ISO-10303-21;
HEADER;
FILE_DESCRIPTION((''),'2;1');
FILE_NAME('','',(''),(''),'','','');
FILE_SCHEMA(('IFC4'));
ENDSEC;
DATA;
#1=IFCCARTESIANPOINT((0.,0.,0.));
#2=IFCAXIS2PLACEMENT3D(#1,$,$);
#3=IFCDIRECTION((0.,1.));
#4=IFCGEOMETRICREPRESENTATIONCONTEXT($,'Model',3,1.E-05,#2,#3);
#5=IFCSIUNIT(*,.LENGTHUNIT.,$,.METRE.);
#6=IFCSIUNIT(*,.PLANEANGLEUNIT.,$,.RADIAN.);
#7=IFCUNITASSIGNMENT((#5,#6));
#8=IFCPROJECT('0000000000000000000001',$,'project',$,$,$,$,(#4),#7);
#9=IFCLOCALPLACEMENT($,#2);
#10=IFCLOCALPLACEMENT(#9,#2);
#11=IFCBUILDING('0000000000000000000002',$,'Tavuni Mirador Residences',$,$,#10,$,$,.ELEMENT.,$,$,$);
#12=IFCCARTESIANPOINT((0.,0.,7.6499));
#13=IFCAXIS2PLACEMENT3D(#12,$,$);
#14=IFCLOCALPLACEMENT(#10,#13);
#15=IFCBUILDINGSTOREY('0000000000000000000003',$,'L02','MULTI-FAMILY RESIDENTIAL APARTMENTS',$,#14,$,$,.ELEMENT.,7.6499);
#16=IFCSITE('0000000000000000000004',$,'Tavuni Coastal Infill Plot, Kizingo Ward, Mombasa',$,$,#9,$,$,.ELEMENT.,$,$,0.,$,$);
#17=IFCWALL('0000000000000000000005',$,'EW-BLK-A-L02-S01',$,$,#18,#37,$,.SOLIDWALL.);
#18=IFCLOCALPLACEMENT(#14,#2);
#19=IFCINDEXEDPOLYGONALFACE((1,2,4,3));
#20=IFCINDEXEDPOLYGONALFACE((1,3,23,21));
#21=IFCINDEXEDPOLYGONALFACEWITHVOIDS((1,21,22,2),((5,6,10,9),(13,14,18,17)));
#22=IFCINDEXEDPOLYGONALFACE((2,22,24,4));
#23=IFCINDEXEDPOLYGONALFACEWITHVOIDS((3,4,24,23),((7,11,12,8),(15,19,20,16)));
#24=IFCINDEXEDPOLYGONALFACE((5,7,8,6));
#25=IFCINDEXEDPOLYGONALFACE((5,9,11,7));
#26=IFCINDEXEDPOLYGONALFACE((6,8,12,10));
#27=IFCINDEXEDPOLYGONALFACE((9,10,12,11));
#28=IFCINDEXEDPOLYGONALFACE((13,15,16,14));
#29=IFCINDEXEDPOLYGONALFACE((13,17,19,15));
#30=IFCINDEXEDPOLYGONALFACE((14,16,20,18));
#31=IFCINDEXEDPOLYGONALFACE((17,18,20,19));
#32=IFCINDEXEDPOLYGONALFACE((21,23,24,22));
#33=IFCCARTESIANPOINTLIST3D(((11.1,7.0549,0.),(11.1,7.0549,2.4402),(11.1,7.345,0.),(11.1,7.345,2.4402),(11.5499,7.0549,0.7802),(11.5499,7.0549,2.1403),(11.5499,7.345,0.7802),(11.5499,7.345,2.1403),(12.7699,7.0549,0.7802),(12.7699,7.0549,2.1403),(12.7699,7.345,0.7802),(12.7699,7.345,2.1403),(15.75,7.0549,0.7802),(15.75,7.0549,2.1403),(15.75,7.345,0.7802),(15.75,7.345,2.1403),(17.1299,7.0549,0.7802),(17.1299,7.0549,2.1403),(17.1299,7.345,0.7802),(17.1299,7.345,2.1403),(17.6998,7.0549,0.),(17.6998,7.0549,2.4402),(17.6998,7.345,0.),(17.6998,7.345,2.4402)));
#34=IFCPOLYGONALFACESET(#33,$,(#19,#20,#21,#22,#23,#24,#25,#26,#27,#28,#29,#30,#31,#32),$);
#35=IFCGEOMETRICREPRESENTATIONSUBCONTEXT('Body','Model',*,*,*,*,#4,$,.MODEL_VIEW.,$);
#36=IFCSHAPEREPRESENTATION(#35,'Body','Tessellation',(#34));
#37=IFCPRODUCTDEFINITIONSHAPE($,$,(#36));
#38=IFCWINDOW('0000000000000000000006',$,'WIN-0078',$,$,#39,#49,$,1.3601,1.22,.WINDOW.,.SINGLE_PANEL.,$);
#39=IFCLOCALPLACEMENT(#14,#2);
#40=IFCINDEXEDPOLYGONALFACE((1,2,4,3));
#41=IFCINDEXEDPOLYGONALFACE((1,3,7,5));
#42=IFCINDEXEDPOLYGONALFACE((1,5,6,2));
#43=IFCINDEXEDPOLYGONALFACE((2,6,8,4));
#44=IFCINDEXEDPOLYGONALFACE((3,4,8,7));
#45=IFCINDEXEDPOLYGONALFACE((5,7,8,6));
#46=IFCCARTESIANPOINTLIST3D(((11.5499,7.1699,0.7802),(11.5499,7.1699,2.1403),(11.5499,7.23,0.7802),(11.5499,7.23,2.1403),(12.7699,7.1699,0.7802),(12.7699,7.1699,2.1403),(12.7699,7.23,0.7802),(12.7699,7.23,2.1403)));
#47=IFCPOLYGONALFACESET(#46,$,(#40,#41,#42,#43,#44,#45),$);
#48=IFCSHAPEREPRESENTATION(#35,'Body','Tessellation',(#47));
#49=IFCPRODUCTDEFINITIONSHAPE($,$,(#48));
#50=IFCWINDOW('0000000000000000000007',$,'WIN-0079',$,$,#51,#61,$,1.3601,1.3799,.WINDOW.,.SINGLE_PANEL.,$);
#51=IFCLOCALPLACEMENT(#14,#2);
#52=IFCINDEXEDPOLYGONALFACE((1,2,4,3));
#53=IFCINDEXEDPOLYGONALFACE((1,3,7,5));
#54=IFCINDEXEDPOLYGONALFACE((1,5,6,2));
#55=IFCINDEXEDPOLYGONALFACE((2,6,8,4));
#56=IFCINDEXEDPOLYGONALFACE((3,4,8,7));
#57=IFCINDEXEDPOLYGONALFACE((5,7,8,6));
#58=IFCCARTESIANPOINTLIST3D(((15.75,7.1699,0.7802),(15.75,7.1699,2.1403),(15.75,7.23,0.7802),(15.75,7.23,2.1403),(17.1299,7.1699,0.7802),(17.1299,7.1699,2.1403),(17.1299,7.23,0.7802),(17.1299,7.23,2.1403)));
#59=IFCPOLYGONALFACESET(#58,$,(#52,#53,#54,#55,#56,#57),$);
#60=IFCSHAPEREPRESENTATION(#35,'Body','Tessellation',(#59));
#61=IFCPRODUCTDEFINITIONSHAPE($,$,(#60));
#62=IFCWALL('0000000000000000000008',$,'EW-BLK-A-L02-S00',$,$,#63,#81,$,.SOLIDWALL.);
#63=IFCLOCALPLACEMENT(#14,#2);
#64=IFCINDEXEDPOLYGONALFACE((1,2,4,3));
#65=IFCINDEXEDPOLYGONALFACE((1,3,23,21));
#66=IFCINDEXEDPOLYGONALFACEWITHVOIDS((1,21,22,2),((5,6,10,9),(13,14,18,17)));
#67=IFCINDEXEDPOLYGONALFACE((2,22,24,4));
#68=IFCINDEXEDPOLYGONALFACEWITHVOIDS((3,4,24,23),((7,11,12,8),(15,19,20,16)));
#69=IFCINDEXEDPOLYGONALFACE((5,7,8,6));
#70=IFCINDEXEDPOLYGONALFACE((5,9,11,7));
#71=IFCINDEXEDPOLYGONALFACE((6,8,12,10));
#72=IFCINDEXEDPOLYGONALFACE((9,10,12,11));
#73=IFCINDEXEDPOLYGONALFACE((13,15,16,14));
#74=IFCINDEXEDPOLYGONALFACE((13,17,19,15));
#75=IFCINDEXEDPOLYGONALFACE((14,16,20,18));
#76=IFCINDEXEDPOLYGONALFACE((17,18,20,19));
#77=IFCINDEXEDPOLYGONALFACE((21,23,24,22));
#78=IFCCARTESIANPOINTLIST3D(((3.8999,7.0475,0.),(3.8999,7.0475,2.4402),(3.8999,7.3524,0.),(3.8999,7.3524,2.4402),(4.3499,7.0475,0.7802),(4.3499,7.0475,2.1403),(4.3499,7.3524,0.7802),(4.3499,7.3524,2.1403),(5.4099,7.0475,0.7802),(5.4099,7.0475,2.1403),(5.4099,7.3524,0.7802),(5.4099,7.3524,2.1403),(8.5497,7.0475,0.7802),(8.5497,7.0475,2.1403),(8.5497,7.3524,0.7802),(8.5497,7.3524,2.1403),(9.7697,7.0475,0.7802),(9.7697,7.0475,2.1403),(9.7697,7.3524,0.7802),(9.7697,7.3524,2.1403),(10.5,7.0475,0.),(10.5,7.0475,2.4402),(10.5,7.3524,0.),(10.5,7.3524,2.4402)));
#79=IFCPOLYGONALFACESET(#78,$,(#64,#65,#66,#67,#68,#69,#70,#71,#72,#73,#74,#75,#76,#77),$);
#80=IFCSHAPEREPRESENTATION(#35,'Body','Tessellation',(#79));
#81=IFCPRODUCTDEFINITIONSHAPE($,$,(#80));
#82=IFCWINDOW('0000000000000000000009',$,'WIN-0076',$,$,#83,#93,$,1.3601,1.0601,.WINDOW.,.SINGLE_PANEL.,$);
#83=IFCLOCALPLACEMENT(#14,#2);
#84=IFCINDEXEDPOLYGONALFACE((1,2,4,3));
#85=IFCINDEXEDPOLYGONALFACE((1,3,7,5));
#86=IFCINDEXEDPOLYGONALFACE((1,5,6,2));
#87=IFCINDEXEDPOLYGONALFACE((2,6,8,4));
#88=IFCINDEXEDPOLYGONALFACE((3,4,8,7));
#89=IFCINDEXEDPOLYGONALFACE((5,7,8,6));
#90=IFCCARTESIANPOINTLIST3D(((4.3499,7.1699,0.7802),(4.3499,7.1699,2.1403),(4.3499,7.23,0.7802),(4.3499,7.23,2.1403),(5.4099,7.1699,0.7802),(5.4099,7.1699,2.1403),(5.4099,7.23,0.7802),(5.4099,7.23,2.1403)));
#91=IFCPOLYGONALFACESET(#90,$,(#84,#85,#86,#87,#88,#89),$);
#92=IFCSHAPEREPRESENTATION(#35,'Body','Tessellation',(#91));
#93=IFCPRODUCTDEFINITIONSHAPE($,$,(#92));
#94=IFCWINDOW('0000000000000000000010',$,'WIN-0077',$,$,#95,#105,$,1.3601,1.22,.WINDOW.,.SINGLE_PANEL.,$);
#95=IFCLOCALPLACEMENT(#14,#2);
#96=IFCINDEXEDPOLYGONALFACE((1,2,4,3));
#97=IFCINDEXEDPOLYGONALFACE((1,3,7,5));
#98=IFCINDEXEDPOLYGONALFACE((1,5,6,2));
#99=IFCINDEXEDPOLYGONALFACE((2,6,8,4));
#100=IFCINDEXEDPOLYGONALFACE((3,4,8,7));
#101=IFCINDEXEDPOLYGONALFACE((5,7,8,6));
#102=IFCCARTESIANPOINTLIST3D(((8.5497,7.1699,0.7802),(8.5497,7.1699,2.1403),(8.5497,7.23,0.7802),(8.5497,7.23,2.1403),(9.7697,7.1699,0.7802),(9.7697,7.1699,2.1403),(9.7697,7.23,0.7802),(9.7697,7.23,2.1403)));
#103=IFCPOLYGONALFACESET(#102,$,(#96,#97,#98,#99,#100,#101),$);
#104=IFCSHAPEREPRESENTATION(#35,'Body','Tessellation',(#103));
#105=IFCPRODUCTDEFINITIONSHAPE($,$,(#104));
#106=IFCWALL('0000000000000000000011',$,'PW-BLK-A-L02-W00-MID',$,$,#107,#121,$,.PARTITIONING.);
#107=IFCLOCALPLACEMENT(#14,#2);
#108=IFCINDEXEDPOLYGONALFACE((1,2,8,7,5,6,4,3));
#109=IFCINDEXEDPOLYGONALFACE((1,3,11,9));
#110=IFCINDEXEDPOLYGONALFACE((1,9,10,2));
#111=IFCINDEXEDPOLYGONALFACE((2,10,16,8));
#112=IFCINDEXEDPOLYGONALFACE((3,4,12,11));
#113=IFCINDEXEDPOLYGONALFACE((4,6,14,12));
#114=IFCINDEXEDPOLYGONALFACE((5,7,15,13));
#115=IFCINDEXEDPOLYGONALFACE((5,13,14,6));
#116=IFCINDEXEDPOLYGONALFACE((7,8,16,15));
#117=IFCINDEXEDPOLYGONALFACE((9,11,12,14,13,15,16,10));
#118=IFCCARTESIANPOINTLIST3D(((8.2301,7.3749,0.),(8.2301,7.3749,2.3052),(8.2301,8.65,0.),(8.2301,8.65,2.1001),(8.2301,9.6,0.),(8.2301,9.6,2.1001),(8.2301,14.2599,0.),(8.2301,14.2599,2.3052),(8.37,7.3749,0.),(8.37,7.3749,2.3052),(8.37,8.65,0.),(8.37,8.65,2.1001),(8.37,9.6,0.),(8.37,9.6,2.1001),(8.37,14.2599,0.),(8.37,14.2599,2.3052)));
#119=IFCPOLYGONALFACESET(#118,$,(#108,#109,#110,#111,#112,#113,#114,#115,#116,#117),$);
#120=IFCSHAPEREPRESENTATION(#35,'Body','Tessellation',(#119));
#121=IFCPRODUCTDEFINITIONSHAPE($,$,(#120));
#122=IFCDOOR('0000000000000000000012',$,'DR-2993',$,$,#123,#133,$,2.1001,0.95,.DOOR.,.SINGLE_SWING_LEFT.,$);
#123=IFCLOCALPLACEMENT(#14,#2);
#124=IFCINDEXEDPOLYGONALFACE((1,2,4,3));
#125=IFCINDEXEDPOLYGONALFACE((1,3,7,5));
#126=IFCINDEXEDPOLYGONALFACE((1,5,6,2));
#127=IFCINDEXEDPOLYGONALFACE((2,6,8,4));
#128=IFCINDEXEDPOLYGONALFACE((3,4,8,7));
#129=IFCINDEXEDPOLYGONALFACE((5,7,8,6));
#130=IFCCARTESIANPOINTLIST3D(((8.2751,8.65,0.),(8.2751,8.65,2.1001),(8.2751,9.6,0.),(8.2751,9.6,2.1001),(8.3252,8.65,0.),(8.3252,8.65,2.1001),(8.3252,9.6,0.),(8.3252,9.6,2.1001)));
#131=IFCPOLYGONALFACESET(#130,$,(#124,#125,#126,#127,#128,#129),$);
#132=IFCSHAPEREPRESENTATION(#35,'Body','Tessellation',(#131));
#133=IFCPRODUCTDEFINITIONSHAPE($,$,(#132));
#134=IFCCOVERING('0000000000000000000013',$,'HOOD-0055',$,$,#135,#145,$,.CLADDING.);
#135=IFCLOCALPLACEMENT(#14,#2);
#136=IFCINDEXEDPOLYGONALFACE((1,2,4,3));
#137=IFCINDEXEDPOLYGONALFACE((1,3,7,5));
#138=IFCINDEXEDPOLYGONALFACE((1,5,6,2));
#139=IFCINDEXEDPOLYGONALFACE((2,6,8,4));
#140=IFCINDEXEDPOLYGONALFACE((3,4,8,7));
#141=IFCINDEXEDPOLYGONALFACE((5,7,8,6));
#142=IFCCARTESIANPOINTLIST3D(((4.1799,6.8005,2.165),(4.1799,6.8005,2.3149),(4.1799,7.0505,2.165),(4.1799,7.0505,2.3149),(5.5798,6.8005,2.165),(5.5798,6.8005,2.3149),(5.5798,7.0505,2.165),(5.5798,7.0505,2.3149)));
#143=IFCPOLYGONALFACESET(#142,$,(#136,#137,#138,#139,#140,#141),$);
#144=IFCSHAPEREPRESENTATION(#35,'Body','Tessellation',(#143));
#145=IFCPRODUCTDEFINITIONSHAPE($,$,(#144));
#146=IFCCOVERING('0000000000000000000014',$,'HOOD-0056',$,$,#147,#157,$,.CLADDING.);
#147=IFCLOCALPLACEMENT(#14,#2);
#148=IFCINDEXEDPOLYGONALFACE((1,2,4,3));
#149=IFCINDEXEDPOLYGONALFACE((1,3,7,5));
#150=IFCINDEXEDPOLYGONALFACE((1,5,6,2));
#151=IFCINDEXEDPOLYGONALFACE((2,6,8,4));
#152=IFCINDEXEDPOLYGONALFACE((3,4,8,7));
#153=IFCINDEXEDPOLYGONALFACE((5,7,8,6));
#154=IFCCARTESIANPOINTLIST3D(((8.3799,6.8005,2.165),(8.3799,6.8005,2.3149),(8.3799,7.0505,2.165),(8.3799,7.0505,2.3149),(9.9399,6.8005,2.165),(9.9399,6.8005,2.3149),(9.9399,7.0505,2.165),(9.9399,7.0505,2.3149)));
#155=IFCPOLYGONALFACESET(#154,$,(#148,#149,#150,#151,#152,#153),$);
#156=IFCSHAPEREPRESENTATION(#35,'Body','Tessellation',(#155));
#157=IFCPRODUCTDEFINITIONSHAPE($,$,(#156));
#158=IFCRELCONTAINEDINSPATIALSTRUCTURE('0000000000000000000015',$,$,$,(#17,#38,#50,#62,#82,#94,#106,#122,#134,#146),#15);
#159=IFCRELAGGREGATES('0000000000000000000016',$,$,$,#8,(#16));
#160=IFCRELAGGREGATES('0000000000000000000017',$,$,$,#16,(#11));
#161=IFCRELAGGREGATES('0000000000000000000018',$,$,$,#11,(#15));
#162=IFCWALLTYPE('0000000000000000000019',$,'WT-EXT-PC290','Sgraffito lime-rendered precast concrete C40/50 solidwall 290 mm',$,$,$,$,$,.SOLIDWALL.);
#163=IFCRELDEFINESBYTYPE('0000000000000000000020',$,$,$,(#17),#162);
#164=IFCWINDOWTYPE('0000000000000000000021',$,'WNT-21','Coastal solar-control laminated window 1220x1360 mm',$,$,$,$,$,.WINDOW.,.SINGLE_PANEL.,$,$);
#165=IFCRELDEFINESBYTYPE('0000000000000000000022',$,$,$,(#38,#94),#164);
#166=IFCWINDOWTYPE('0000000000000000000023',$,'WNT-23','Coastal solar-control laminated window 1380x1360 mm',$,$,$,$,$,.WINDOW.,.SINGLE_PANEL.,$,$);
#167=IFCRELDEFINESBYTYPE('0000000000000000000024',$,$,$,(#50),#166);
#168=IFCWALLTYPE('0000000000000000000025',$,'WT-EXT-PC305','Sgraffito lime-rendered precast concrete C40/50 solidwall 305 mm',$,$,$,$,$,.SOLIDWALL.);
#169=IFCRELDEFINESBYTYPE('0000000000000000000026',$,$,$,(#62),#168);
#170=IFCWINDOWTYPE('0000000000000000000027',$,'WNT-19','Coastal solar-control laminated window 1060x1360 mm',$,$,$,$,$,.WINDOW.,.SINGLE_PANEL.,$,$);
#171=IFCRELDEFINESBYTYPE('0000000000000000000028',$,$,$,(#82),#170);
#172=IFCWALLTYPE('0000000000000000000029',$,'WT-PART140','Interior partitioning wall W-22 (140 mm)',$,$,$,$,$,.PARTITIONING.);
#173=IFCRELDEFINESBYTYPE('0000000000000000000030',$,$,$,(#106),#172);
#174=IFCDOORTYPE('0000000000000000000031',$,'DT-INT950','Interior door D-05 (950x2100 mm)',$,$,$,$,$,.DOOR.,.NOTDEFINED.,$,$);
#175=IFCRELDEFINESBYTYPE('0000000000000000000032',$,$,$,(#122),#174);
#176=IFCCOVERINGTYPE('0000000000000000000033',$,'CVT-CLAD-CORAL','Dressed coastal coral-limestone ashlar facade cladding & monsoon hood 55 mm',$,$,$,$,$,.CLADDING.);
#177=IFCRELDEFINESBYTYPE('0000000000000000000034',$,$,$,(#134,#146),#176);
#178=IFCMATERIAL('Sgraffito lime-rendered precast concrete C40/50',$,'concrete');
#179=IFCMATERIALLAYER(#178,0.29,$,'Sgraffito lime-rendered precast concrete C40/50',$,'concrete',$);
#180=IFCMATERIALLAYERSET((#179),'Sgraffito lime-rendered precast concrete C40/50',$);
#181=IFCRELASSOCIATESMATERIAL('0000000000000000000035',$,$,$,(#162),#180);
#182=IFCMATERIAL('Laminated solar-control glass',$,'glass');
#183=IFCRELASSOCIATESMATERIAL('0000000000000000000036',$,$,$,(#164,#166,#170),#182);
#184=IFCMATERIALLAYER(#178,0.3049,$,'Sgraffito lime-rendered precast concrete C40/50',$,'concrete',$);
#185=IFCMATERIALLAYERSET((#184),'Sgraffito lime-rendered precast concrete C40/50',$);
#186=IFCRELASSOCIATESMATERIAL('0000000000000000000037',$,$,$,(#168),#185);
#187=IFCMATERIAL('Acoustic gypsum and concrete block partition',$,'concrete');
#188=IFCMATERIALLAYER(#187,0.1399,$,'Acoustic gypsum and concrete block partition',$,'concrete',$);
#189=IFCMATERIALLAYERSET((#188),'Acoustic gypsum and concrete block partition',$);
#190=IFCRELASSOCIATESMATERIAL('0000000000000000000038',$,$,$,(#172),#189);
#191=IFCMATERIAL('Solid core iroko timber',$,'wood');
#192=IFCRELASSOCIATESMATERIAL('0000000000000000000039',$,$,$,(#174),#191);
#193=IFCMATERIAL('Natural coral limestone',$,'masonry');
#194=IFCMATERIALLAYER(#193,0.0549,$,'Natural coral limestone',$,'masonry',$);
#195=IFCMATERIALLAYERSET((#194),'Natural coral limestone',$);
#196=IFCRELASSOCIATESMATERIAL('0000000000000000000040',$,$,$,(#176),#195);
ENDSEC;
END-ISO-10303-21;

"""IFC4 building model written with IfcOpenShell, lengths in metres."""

from ifc_helpers import new_model, si_unit, direction, frame, frame_2d, origin, origin_2d, place, context, subcontext, project, spatial, rectangle, extrude, material, layer, layer_set, type_object, element, fill, save


model = new_model("IFC4")

# Units and contexts
model_context = context("Model", 3, precision=1e-05, world=origin(), true_north=direction((0.0, 1.0)))
body_context = subcontext(model_context, "Body", "Model", "MODEL_VIEW")
ifc_project = project(units=[si_unit("LENGTHUNIT", "METRE"), si_unit("PLANEANGLEUNIT", "RADIAN")], contexts=[model_context])

# Site, building, storey
site_placement = place(None, origin())
site = spatial("IfcSite", under=ifc_project, at=site_placement, Name="Tavuni Coastal Infill Plot, Kizingo Ward, Mombasa", CompositionType="ELEMENT", RefElevation=0.0)
building_placement = place(site_placement, origin())
building = spatial("IfcBuilding", under=site, at=building_placement, Name="Tavuni Mirador Residences", CompositionType="ELEMENT")
storey_placement = place(building_placement, frame((0.0, 0.0, 7.6499)))
storey = spatial("IfcBuildingStorey", under=building, at=storey_placement, Name="L02", Description="MULTI-FAMILY RESIDENTIAL APARTMENTS", CompositionType="ELEMENT", Elevation=7.6499)

# Shared definitions
ifc_material_1 = material(Name="Laminated solar-control glass", Category="glass")

# Shared definitions
ifc_material_2 = material(Name="Solid core iroko timber", Category="wood")

# Walls, openings, windows
ifc_material_3 = material(Name="Sgraffito lime-rendered precast concrete C40/50", Category="concrete")
ifc_layer_1 = layer(ifc_material_3, 0.29, Name="Sgraffito lime-rendered precast concrete C40/50", Category="concrete")
ifc_layer_set_1 = layer_set([ifc_layer_1], Name="Sgraffito lime-rendered precast concrete C40/50")
wall_type_1 = type_object("IfcWallType", Name="WT-EXT-PC290", Description="Sgraffito lime-rendered precast concrete C40/50 solidwall 290 mm", PredefinedType="SOLIDWALL", material=ifc_layer_set_1)
wall_1_placement = place(storey_placement, frame((11.1001, 7.2, 0.0), z_axis=(0.0, 0.0, 1.0), x_axis=(1.0, 0.0, 0.0)))
wall_1 = element("IfcWall", 1, at=wall_1_placement, inside=storey, type_object=wall_type_1, Name="EW-BLK-A-L02-S01", PredefinedType="SOLIDWALL", context=body_context, shape_type="SweptSolid", body=[
    extrude(rectangle(XDim=6.5999, YDim=0.29, at=frame_2d((3.2998, 0.0))), origin(), (0.0, 0.0, 1.0), 2.4402),
])
opening_1_placement = place(wall_1_placement, frame((0.45, 0.0, 0.78)))
opening_1 = element("IfcOpeningElement", 2, at=opening_1_placement, cuts=wall_1, PredefinedType="OPENING", context=body_context, shape_type="SweptSolid", body=[
    extrude(rectangle(XDim=1.22, YDim=1.3601, at=frame_2d((0.6099, 0.6802))), frame((0.0, 0.155, 0.0), z_axis=(0.0, -1.0, 0.0), x_axis=(1.0, 0.0, 0.0)), (0.0, 0.0, 1.0), 0.3101),
])
opening_2_placement = place(wall_1_placement, frame((4.6499, 0.0, 0.78)))
opening_2 = element("IfcOpeningElement", 3, at=opening_2_placement, cuts=wall_1, PredefinedType="OPENING", context=body_context, shape_type="SweptSolid", body=[
    extrude(rectangle(XDim=1.3799, YDim=1.3601, at=frame_2d((0.6899, 0.6802))), frame((0.0, 0.155, 0.0), z_axis=(0.0, -1.0, 0.0), x_axis=(1.0, 0.0, 0.0)), (0.0, 0.0, 1.0), 0.3101),
])
window_type_1 = type_object("IfcWindowType", Name="WNT-21", Description="Coastal solar-control laminated window 1220x1360 mm", PartitioningType="SINGLE_PANEL", PredefinedType="WINDOW", material=ifc_material_1)
window_1_placement = place(opening_1_placement, origin())
window_1 = element("IfcWindow", 4, at=window_1_placement, inside=storey, type_object=window_type_1, Name="WIN-0078", OverallHeight=1.3601, OverallWidth=1.22, PartitioningType="SINGLE_PANEL", PredefinedType="WINDOW", context=body_context, shape_type="SweptSolid", body=[
    extrude(rectangle(XDim=1.22, YDim=1.3601, at=frame_2d((0.6099, 0.6802))), frame((0.0, 0.03, 0.0), z_axis=(0.0, -1.0, 0.0), x_axis=(1.0, 0.0, 0.0)), (0.0, 0.0, 1.0), 0.0601),
])
fill(opening_1, window_1)
window_type_2 = type_object("IfcWindowType", Name="WNT-23", Description="Coastal solar-control laminated window 1380x1360 mm", PartitioningType="SINGLE_PANEL", PredefinedType="WINDOW", material=ifc_material_1)
window_2_placement = place(opening_2_placement, origin())
window_2 = element("IfcWindow", 5, at=window_2_placement, inside=storey, type_object=window_type_2, Name="WIN-0079", OverallHeight=1.3601, OverallWidth=1.3799, PartitioningType="SINGLE_PANEL", PredefinedType="WINDOW", context=body_context, shape_type="SweptSolid", body=[
    extrude(rectangle(XDim=1.3799, YDim=1.3601, at=frame_2d((0.6899, 0.6802))), frame((0.0, 0.03, 0.0), z_axis=(0.0, -1.0, 0.0), x_axis=(1.0, 0.0, 0.0)), (0.0, 0.0, 1.0), 0.0601),
])
fill(opening_2, window_2)
ifc_layer_2 = layer(ifc_material_3, 0.3049, Name="Sgraffito lime-rendered precast concrete C40/50", Category="concrete")
ifc_layer_set_2 = layer_set([ifc_layer_2], Name="Sgraffito lime-rendered precast concrete C40/50")
wall_type_2 = type_object("IfcWallType", Name="WT-EXT-PC305", Description="Sgraffito lime-rendered precast concrete C40/50 solidwall 305 mm", PredefinedType="SOLIDWALL", material=ifc_layer_set_2)
wall_2_placement = place(storey_placement, frame((3.8999, 7.2, 0.0), z_axis=(0.0, 0.0, 1.0), x_axis=(1.0, 0.0, 0.0)))
wall_2 = element("IfcWall", 6, at=wall_2_placement, inside=storey, type_object=wall_type_2, Name="EW-BLK-A-L02-S00", PredefinedType="SOLIDWALL", context=body_context, shape_type="SweptSolid", body=[
    extrude(rectangle(XDim=6.6001, YDim=0.3049, at=frame_2d((3.3, 0.0))), origin(), (0.0, 0.0, 1.0), 2.4402),
])
opening_3_placement = place(wall_2_placement, frame((0.45, 0.0, 0.78)))
opening_3 = element("IfcOpeningElement", 7, at=opening_3_placement, cuts=wall_2, PredefinedType="OPENING", context=body_context, shape_type="SweptSolid", body=[
    extrude(rectangle(XDim=1.0601, YDim=1.3601, at=frame_2d((0.53, 0.6802))), frame((0.0, 0.1626, 0.0), z_axis=(0.0, -1.0, 0.0), x_axis=(1.0, 0.0, 0.0)), (0.0, 0.0, 1.0), 0.325),
])
opening_4_placement = place(wall_2_placement, frame((4.6499, 0.0, 0.78)))
opening_4 = element("IfcOpeningElement", 8, at=opening_4_placement, cuts=wall_2, PredefinedType="OPENING", context=body_context, shape_type="SweptSolid", body=[
    extrude(rectangle(XDim=1.22, YDim=1.3601, at=frame_2d((0.6099, 0.6802))), frame((0.0, 0.1626, 0.0), z_axis=(0.0, -1.0, 0.0), x_axis=(1.0, 0.0, 0.0)), (0.0, 0.0, 1.0), 0.325),
])
window_type_3 = type_object("IfcWindowType", Name="WNT-19", Description="Coastal solar-control laminated window 1060x1360 mm", PartitioningType="SINGLE_PANEL", PredefinedType="WINDOW", material=ifc_material_1)
window_3_placement = place(opening_3_placement, origin())
window_3 = element("IfcWindow", 9, at=window_3_placement, inside=storey, type_object=window_type_3, Name="WIN-0076", OverallHeight=1.3601, OverallWidth=1.0601, PartitioningType="SINGLE_PANEL", PredefinedType="WINDOW", context=body_context, shape_type="SweptSolid", body=[
    extrude(rectangle(XDim=1.0601, YDim=1.3601, at=frame_2d((0.53, 0.6802))), frame((0.0, 0.03, 0.0), z_axis=(0.0, -1.0, 0.0), x_axis=(1.0, 0.0, 0.0)), (0.0, 0.0, 1.0), 0.0601),
])
fill(opening_3, window_3)
window_4_placement = place(opening_4_placement, origin())
window_4 = element("IfcWindow", 10, at=window_4_placement, inside=storey, type_object=window_type_1, Name="WIN-0077", OverallHeight=1.3601, OverallWidth=1.22, PartitioningType="SINGLE_PANEL", PredefinedType="WINDOW", context=body_context, shape_type="SweptSolid", body=[
    extrude(rectangle(XDim=1.22, YDim=1.3601, at=frame_2d((0.6099, 0.6802))), frame((0.0, 0.03, 0.0), z_axis=(0.0, -1.0, 0.0), x_axis=(1.0, 0.0, 0.0)), (0.0, 0.0, 1.0), 0.0601),
])
fill(opening_4, window_4)

# Wall, opening, door
ifc_material_4 = material(Name="Acoustic gypsum and concrete block partition", Category="concrete")
ifc_layer_3 = layer(ifc_material_4, 0.1399, Name="Acoustic gypsum and concrete block partition", Category="concrete")
ifc_layer_set_3 = layer_set([ifc_layer_3], Name="Acoustic gypsum and concrete block partition")
wall_type_3 = type_object("IfcWallType", Name="WT-PART140", Description="Interior partitioning wall W-22 (140 mm)", PredefinedType="PARTITIONING", material=ifc_layer_set_3)
wall_3_placement = place(storey_placement, frame((8.3, 7.375, 0.0), z_axis=(0.0, 0.0, 1.0), x_axis=(0.0, 1.0, 0.0)))
wall_3 = element("IfcWall", 11, at=wall_3_placement, inside=storey, type_object=wall_type_3, Name="PW-BLK-A-L02-W00-MID", PredefinedType="PARTITIONING", context=body_context, shape_type="SweptSolid", body=[
    extrude(rectangle(XDim=6.885, YDim=0.1399, at=frame_2d((3.4424, 0.0))), origin(), (0.0, 0.0, 1.0), 2.3052),
])
opening_5_placement = place(wall_3_placement, frame((1.2749, 0.0, 0.0)))
opening_5 = element("IfcOpeningElement", 12, at=opening_5_placement, cuts=wall_3, PredefinedType="OPENING", context=body_context, shape_type="SweptSolid", body=[
    extrude(rectangle(XDim=0.95, YDim=2.1001, at=frame_2d((0.4751, 1.05))), frame((0.0, 0.0801, 0.0), z_axis=(0.0, -1.0, 0.0), x_axis=(1.0, 0.0, 0.0)), (0.0, 0.0, 1.0), 0.1599),
])
door_type_1 = type_object("IfcDoorType", Name="DT-INT950", Description="Interior door D-05 (950x2100 mm)", OperationType="NOTDEFINED", PredefinedType="DOOR", material=ifc_material_2)
door_1_placement = place(opening_5_placement, origin())
door_1 = element("IfcDoor", 13, at=door_1_placement, inside=storey, type_object=door_type_1, Name="DR-2993", OperationType="SINGLE_SWING_LEFT", OverallHeight=2.1001, OverallWidth=0.95, PredefinedType="DOOR", context=body_context, shape_type="SweptSolid", body=[
    extrude(rectangle(XDim=0.95, YDim=2.1001, at=frame_2d((0.4751, 1.05))), frame((0.0, 0.0249, 0.0), z_axis=(0.0, -1.0, 0.0), x_axis=(1.0, 0.0, 0.0)), (0.0, 0.0, 1.0), 0.05),
])
fill(opening_5, door_1)

# Coverings
ifc_material_5 = material(Name="Natural coral limestone", Category="masonry")
ifc_layer_4 = layer(ifc_material_5, 0.0549, Name="Natural coral limestone", Category="masonry")
ifc_layer_set_4 = layer_set([ifc_layer_4], Name="Natural coral limestone")
covering_type = type_object("IfcCoveringType", Name="CVT-CLAD-CORAL", Description="Dressed coastal coral-limestone ashlar facade cladding & monsoon hood 55 mm", PredefinedType="CLADDING", material=ifc_layer_set_4)
covering_1_placement = place(storey_placement, frame((4.8799, 6.9255, 2.165), z_axis=(0.0, 0.0, 1.0), x_axis=(1.0, 0.0, 0.0)))
element("IfcCovering", 14, at=covering_1_placement, inside=storey, type_object=covering_type, Name="HOOD-0055", PredefinedType="CLADDING", context=body_context, shape_type="SweptSolid", body=[
    extrude(rectangle(XDim=1.3999, YDim=0.25, at=origin_2d()), origin(), (0.0, 0.0, 1.0), 0.1499),
])
covering_2_placement = place(storey_placement, frame((9.1599, 6.9255, 2.165), z_axis=(0.0, 0.0, 1.0), x_axis=(1.0, 0.0, 0.0)))
element("IfcCovering", 15, at=covering_2_placement, inside=storey, type_object=covering_type, Name="HOOD-0056", PredefinedType="CLADDING", context=body_context, shape_type="SweptSolid", body=[
    extrude(rectangle(XDim=1.5601, YDim=0.25, at=origin_2d()), origin(), (0.0, 0.0, 1.0), 0.1499),
])

save(model, "model.ifc")
